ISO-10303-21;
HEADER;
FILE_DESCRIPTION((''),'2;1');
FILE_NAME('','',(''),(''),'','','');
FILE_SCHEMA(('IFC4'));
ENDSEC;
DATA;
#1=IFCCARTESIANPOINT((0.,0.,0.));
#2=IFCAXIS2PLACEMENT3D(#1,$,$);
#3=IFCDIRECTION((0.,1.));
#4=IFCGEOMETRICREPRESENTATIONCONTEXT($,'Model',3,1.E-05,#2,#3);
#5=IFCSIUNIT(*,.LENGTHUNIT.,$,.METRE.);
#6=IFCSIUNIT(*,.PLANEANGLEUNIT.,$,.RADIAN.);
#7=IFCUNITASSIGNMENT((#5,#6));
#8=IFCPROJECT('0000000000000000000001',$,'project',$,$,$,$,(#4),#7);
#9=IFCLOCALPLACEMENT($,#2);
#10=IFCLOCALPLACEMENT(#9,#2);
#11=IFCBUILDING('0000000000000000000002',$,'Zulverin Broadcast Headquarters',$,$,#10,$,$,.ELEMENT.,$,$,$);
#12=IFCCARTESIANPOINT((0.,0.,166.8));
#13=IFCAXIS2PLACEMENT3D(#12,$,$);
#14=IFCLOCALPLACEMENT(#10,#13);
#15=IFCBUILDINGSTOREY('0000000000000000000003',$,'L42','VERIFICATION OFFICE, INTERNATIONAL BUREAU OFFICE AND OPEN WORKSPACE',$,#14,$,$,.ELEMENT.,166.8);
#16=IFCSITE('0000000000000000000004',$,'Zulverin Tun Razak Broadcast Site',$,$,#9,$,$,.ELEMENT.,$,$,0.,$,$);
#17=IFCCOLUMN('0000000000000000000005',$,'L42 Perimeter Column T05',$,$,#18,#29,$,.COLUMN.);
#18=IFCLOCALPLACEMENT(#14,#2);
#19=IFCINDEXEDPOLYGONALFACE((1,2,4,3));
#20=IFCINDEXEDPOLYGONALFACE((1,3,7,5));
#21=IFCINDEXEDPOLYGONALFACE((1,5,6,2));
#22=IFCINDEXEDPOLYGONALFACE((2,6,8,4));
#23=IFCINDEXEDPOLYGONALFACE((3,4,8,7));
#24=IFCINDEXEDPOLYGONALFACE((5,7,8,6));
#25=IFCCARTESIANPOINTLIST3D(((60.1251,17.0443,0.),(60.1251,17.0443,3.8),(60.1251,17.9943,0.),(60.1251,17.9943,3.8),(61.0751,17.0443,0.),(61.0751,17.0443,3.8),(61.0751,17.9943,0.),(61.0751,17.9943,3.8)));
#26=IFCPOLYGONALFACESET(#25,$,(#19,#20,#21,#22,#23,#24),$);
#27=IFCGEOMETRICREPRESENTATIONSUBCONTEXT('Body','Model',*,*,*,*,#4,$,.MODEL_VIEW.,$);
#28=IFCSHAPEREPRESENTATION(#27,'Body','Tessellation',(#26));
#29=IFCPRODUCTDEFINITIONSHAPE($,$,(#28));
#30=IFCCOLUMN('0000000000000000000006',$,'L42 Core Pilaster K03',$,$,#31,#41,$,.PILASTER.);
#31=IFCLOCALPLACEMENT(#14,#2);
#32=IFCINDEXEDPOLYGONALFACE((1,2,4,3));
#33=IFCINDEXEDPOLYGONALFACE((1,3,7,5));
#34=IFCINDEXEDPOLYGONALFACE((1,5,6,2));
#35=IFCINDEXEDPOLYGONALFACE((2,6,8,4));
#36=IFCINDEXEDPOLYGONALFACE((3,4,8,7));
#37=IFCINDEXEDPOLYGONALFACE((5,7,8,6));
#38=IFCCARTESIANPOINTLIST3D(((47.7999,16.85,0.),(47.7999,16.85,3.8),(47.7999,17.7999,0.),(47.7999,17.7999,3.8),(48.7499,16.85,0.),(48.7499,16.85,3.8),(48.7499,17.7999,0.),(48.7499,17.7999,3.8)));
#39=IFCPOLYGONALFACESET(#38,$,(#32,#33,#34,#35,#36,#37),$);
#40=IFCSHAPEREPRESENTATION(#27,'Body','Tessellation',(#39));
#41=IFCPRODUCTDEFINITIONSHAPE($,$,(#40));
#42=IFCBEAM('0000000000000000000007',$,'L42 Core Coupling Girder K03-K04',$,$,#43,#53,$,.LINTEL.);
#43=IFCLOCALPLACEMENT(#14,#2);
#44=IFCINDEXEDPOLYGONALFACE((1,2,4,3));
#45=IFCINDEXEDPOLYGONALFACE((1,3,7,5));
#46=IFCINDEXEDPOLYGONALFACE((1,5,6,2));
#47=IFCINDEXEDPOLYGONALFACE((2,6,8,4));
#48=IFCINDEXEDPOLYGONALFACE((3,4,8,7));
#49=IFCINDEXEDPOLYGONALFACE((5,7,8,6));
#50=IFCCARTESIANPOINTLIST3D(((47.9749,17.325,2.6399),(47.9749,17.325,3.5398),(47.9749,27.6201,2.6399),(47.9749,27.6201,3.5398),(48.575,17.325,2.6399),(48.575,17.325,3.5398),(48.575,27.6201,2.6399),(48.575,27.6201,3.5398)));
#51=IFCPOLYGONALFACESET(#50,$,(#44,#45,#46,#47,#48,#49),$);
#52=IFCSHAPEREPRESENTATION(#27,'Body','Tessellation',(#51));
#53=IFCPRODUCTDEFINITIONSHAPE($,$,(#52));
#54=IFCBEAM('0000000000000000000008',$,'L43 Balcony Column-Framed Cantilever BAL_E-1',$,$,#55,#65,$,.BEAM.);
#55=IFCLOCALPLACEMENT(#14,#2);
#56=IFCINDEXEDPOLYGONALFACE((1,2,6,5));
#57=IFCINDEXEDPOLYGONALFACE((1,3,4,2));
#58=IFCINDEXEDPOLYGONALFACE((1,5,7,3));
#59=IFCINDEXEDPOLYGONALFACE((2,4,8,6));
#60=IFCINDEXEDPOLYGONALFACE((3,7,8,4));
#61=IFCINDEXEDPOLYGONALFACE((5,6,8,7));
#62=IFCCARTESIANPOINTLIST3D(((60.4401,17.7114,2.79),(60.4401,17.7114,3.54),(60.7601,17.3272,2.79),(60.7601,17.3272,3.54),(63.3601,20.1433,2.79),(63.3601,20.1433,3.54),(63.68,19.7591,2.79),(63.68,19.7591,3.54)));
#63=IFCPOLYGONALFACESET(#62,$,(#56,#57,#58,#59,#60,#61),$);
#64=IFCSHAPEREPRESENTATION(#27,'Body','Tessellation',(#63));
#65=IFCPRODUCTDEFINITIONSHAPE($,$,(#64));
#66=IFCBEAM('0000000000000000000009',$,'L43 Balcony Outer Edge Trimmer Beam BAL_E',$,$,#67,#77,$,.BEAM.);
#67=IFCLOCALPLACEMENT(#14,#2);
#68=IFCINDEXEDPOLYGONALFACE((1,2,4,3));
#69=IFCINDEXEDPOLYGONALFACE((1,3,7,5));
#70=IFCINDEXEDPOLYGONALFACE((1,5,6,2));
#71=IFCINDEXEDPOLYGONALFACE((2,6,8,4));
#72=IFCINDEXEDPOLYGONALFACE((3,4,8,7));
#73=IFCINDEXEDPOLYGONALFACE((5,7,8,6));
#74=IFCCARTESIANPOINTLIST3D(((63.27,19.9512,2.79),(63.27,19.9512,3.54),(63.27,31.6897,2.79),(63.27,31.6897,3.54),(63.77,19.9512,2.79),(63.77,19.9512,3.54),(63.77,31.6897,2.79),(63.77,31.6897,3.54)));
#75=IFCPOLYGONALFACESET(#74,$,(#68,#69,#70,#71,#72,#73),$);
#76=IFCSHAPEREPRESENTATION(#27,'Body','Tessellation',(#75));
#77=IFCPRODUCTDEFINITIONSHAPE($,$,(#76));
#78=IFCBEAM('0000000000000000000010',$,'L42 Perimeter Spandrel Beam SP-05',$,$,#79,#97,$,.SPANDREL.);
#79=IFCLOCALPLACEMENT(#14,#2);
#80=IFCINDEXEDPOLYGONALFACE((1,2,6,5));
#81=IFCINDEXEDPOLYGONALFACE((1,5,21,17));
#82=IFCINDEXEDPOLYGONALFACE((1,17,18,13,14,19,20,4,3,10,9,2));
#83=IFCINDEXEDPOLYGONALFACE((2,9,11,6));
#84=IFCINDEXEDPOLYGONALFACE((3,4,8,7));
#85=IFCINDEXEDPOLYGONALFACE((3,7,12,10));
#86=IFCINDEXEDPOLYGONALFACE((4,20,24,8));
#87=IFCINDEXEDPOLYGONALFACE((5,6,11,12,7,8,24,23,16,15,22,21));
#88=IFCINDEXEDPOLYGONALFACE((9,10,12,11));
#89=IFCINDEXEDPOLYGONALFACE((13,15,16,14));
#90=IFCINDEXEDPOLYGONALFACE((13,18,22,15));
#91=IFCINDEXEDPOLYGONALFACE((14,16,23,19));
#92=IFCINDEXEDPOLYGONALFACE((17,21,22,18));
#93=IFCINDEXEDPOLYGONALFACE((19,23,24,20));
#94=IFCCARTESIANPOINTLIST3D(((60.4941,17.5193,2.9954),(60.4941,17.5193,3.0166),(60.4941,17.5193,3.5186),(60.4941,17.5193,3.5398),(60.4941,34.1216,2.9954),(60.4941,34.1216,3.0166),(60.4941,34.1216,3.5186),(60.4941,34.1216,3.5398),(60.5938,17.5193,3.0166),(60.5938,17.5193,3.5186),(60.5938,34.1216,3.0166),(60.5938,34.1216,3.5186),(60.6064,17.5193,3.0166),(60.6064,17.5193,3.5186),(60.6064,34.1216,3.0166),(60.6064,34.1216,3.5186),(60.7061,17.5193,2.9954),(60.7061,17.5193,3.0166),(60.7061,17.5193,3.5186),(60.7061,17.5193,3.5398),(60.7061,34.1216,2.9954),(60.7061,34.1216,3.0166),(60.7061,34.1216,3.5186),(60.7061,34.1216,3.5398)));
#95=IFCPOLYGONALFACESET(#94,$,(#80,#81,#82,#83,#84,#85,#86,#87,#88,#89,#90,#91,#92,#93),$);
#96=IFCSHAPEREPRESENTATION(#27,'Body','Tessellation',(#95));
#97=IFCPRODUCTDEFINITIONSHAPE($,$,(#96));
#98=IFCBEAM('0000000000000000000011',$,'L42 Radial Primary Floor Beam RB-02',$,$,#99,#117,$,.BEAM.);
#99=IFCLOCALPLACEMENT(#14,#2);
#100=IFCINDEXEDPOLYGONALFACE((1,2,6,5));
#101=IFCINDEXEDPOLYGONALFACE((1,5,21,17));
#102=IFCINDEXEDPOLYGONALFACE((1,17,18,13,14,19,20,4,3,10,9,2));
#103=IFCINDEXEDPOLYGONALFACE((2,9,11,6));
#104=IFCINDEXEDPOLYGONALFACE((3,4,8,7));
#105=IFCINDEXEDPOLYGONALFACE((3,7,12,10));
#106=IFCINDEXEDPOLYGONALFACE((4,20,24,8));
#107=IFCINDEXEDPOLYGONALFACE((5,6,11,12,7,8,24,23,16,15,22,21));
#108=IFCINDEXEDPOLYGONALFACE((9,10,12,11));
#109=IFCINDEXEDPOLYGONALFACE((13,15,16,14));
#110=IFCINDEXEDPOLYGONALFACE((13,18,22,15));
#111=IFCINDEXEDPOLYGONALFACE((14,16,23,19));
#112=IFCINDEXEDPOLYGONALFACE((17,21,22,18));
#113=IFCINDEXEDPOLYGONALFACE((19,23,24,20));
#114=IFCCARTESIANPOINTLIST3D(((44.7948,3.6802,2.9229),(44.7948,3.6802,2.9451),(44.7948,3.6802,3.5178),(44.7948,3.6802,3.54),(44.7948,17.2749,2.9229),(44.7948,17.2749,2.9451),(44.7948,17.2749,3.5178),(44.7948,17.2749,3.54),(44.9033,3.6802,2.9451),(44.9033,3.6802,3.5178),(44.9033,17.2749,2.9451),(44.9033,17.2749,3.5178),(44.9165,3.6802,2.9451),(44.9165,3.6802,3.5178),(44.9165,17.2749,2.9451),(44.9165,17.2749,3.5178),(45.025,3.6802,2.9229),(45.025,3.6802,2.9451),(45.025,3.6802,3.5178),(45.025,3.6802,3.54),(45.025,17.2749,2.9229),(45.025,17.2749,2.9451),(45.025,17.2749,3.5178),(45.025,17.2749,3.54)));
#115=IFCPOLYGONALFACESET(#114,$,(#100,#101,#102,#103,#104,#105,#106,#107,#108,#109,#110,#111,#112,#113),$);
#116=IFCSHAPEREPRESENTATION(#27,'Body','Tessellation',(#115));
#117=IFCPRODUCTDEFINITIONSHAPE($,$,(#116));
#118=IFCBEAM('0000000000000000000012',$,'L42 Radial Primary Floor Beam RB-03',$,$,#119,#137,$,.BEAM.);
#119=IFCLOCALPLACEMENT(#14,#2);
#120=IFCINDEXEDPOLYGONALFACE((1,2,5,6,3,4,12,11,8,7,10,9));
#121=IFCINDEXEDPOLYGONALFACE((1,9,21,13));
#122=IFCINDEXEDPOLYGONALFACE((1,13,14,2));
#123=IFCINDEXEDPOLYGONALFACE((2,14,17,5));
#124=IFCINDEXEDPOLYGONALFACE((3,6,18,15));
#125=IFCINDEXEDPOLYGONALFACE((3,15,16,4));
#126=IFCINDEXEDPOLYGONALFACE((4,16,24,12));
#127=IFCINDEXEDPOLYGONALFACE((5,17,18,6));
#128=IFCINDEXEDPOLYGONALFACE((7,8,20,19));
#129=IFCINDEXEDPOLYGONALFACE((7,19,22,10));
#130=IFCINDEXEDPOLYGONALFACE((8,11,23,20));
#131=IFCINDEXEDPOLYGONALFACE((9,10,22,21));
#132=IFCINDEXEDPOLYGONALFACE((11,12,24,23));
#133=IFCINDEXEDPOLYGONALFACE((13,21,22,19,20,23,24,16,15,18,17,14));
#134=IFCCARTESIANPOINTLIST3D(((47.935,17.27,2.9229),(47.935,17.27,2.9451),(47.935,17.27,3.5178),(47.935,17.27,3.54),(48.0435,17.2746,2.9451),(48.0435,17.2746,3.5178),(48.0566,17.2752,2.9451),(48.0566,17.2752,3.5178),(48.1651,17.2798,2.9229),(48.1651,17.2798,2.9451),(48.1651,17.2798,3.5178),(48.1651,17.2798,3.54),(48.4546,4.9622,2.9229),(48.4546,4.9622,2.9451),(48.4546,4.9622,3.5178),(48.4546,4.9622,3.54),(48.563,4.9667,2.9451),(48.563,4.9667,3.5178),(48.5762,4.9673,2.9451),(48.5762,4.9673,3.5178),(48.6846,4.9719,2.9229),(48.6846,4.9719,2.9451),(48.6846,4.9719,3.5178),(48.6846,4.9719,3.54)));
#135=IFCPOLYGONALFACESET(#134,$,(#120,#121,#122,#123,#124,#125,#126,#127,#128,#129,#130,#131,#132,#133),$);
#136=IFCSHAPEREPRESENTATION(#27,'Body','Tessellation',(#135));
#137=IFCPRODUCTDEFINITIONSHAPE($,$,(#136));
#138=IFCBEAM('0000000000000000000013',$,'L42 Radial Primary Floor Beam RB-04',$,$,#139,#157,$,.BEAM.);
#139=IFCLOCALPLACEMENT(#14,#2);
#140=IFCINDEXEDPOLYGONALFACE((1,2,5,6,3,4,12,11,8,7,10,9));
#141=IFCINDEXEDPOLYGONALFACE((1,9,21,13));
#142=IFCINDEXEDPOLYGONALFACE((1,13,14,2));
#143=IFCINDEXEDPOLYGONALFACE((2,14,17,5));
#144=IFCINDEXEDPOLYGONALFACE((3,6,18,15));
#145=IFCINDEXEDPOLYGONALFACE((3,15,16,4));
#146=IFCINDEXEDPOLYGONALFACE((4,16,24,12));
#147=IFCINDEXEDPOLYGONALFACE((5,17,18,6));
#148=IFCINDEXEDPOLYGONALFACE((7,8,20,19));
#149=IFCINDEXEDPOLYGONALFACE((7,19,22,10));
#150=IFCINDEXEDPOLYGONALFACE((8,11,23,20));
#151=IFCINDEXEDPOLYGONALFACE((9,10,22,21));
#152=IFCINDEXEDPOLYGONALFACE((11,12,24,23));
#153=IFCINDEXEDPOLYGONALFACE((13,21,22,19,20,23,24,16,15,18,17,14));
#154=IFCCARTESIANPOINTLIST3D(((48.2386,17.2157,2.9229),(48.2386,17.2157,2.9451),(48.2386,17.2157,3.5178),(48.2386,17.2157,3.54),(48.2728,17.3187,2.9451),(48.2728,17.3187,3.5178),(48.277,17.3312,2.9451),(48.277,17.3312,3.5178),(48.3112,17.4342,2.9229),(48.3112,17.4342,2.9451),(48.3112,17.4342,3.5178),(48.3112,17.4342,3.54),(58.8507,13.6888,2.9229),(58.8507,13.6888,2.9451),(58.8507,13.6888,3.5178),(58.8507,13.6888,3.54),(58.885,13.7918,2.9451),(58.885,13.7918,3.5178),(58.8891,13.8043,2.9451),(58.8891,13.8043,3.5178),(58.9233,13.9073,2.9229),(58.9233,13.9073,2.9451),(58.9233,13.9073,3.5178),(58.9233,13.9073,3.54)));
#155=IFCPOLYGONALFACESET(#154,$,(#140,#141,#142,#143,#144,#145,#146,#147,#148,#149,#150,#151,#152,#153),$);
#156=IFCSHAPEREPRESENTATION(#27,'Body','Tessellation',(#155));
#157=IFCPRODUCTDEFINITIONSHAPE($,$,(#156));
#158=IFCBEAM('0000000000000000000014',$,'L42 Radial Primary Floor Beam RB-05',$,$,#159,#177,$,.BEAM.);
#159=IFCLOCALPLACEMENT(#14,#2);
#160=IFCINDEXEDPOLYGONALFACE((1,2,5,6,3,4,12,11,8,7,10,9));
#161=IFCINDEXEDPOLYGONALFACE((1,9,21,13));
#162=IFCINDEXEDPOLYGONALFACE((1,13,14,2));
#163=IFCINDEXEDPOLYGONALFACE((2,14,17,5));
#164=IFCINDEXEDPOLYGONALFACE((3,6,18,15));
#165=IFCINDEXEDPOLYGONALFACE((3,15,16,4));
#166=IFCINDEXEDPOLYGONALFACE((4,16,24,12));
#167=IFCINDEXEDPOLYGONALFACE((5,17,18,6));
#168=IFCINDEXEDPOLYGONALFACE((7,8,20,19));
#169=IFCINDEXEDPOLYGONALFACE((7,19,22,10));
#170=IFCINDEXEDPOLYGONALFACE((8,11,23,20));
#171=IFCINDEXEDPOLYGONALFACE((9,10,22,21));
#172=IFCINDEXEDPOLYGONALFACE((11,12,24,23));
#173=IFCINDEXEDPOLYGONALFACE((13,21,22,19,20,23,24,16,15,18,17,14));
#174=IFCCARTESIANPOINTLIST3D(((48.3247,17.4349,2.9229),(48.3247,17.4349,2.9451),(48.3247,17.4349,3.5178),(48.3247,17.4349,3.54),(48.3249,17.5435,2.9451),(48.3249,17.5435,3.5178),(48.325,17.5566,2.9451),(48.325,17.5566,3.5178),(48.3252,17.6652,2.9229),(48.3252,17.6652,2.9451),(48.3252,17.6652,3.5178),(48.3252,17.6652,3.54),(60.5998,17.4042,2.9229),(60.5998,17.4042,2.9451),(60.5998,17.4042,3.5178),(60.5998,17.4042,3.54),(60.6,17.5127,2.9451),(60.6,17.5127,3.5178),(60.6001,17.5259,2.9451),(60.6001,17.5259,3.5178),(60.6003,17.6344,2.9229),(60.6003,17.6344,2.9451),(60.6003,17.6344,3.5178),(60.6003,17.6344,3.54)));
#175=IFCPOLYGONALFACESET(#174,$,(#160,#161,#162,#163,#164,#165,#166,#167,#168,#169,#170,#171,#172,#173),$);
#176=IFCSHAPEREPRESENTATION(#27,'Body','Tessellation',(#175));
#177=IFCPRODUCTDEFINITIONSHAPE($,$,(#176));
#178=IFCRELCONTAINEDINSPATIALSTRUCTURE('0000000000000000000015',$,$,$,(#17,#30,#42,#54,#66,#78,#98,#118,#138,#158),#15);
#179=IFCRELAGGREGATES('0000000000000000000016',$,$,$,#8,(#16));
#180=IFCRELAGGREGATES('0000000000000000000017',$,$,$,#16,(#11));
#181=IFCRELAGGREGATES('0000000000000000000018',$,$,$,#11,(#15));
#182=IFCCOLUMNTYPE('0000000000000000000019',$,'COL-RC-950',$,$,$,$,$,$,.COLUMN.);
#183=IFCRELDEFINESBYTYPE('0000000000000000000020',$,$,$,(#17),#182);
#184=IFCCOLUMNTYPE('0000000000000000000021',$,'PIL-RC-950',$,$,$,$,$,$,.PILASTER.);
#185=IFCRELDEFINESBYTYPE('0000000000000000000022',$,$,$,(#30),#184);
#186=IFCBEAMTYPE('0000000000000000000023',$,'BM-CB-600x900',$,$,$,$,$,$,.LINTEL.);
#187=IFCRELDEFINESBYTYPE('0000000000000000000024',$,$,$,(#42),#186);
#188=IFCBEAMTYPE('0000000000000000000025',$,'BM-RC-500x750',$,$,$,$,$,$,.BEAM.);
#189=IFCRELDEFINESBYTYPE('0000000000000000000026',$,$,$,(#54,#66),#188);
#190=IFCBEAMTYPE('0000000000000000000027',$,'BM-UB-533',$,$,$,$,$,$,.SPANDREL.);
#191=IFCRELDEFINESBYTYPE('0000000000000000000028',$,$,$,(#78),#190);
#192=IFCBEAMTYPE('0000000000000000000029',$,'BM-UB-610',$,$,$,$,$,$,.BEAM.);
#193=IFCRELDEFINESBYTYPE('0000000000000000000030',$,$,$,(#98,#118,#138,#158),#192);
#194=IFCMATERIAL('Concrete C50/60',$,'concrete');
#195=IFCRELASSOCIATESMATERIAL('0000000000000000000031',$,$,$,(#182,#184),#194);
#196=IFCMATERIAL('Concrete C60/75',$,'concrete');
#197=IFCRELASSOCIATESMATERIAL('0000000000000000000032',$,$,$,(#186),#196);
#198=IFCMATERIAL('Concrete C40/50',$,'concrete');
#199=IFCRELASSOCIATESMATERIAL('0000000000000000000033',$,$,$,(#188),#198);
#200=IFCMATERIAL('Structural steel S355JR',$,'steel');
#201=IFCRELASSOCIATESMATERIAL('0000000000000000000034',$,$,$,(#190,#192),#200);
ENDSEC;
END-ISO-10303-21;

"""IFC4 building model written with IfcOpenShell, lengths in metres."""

from ifc_helpers import new_model, si_unit, direction, frame, origin, origin_2d, place, context, subcontext, project, spatial, rectangle, i_section, extrude, material, material_profile, profile_set, type_object, element, save


model = new_model("IFC4")

# Units and contexts
model_context = context("Model", 3, precision=1e-05, world=origin(), true_north=direction((0.0, 1.0)))
body_context = subcontext(model_context, "Body", "Model", "MODEL_VIEW")
ifc_project = project(units=[si_unit("LENGTHUNIT", "METRE"), si_unit("PLANEANGLEUNIT", "RADIAN")], contexts=[model_context])

# Site, building, storey
site_placement = place(None, origin())
site = spatial("IfcSite", under=ifc_project, at=site_placement, Name="Zulverin Tun Razak Broadcast Site", CompositionType="ELEMENT", RefElevation=0.0)
building_placement = place(site_placement, origin())
building = spatial("IfcBuilding", under=site, at=building_placement, Name="Zulverin Broadcast Headquarters", CompositionType="ELEMENT")
storey_placement = place(building_placement, frame((0.0, 0.0, 166.8)))
storey = spatial("IfcBuildingStorey", under=building, at=storey_placement, Name="L42", Description="VERIFICATION OFFICE, INTERNATIONAL BUREAU OFFICE AND OPEN WORKSPACE", CompositionType="ELEMENT", Elevation=166.8)

# Columns
ifc_material_1 = material(Name="Concrete C50/60", Category="concrete")
ifc_material_profile_1 = material_profile(ifc_material_1, rectangle(XDim=0.95, YDim=0.95, at=origin_2d()), Name="Concrete C50/60", Category="concrete")
ifc_profile_set_1 = profile_set([ifc_material_profile_1], Name="Concrete C50/60")
column_type_1 = type_object("IfcColumnType", Name="COL-RC-950", PredefinedType="COLUMN", material=ifc_profile_set_1)
column_1_placement = place(storey_placement, frame((60.6001, 17.5193, 0.0), z_axis=(0.0, 0.0, 1.0), x_axis=(1.0, 0.0, 0.0)))
element("IfcColumn", 1, at=column_1_placement, inside=storey, type_object=column_type_1, Name="L42 Perimeter Column T05", PredefinedType="COLUMN", context=body_context, shape_type="SweptSolid", body=[
    extrude(rectangle(XDim=0.95, YDim=0.95, at=origin_2d()), origin(), (0.0, 0.0, 1.0), 3.8),
])
ifc_material_profile_2 = material_profile(ifc_material_1, rectangle(XDim=0.95, YDim=0.95, at=origin_2d()), Name="Concrete C50/60", Category="concrete")
ifc_profile_set_2 = profile_set([ifc_material_profile_2], Name="Concrete C50/60")
column_type_2 = type_object("IfcColumnType", Name="PIL-RC-950", PredefinedType="PILASTER", material=ifc_profile_set_2)
column_2_placement = place(storey_placement, frame((48.2749, 17.325, 0.0), z_axis=(0.0, 0.0, 1.0), x_axis=(1.0, 0.0, 0.0)))
element("IfcColumn", 2, at=column_2_placement, inside=storey, type_object=column_type_2, Name="L42 Core Pilaster K03", PredefinedType="PILASTER", context=body_context, shape_type="SweptSolid", body=[
    extrude(rectangle(XDim=0.95, YDim=0.95, at=origin_2d()), origin(), (0.0, 0.0, 1.0), 3.8),
])

# Beams
ifc_material_2 = material(Name="Concrete C60/75", Category="concrete")
ifc_material_profile_3 = material_profile(ifc_material_2, rectangle(XDim=0.6001, YDim=0.8999, at=origin_2d()), Name="Concrete C60/75", Category="concrete")
ifc_profile_set_3 = profile_set([ifc_material_profile_3], Name="Concrete C60/75")
beam_type_1 = type_object("IfcBeamType", Name="BM-CB-600x900", PredefinedType="LINTEL", material=ifc_profile_set_3)
beam_1_placement = place(storey_placement, frame((48.2749, 17.325, 3.0898), z_axis=(0.0, 1.0, 0.0), x_axis=(-1.0, 0.0, 0.0)))
element("IfcBeam", 3, at=beam_1_placement, inside=storey, type_object=beam_type_1, Name="L42 Core Coupling Girder K03-K04", PredefinedType="LINTEL", context=body_context, shape_type="SweptSolid", body=[
    extrude(rectangle(XDim=0.6001, YDim=0.8999, at=origin_2d()), origin(), (0.0, 0.0, 1.0), 10.2952),
])
ifc_material_3 = material(Name="Concrete C40/50", Category="concrete")
ifc_material_profile_4 = material_profile(ifc_material_3, rectangle(XDim=0.5, YDim=0.75, at=origin_2d()), Name="Concrete C40/50", Category="concrete")
ifc_profile_set_4 = profile_set([ifc_material_profile_4], Name="Concrete C40/50")
beam_type_2 = type_object("IfcBeamType", Name="BM-RC-500x750", PredefinedType="BEAM", material=ifc_profile_set_4)
beam_2_placement = place(storey_placement, frame((60.6001, 17.5193, 3.165), z_axis=(0.7684, 0.63997, 0.0), x_axis=(-0.63997, 0.7684, 0.0)))
element("IfcBeam", 4, at=beam_2_placement, inside=storey, type_object=beam_type_2, Name="L43 Balcony Column-Framed Cantilever BAL_E-1", PredefinedType="BEAM", context=body_context, shape_type="SweptSolid", body=[
    extrude(rectangle(XDim=0.5, YDim=0.75, at=origin_2d()), origin(), (0.0, 0.0, 1.0), 3.8),
])
beam_3_placement = place(storey_placement, frame((63.52, 19.9512, 3.165), z_axis=(0.0, 1.0, 0.0), x_axis=(-1.0, 0.0, 0.0)))
element("IfcBeam", 5, at=beam_3_placement, inside=storey, type_object=beam_type_2, Name="L43 Balcony Outer Edge Trimmer Beam BAL_E", PredefinedType="BEAM", context=body_context, shape_type="SweptSolid", body=[
    extrude(rectangle(XDim=0.5, YDim=0.75, at=origin_2d()), origin(), (0.0, 0.0, 1.0), 11.7385),
])
ifc_material_4 = material(Name="Structural steel S355JR", Category="steel")
ifc_material_profile_5 = material_profile(ifc_material_4, i_section(OverallWidth=0.2119, OverallDepth=0.5444, WebThickness=0.0127, FlangeThickness=0.0212, at=origin_2d()), Name="Structural steel S355JR", Category="steel")
ifc_profile_set_5 = profile_set([ifc_material_profile_5], Name="Structural steel S355JR")
beam_type_3 = type_object("IfcBeamType", Name="BM-UB-533", PredefinedType="SPANDREL", material=ifc_profile_set_5)
beam_4_placement = place(storey_placement, frame((60.6001, 17.5193, 3.2676), z_axis=(0.0, 1.0, 0.0), x_axis=(-1.0, 0.0, 0.0)))
element("IfcBeam", 6, at=beam_4_placement, inside=storey, type_object=beam_type_3, Name="L42 Perimeter Spandrel Beam SP-05", PredefinedType="SPANDREL", context=body_context, shape_type="SweptSolid", body=[
    extrude(i_section(OverallWidth=0.2119, OverallDepth=0.5444, WebThickness=0.0127, FlangeThickness=0.0212, at=origin_2d()), origin(), (0.0, 0.0, 1.0), 16.6023),
])
ifc_material_profile_6 = material_profile(ifc_material_4, i_section(OverallWidth=0.2302, OverallDepth=0.6172, WebThickness=0.0132, FlangeThickness=0.0222, at=origin_2d()), Name="Structural steel S355JR", Category="steel")
ifc_profile_set_6 = profile_set([ifc_material_profile_6], Name="Structural steel S355JR")
beam_type_4 = type_object("IfcBeamType", Name="BM-UB-610", PredefinedType="BEAM", material=ifc_profile_set_6)
beam_5_placement = place(storey_placement, frame((44.9099, 17.2749, 3.2314), z_axis=(0.0, -1.0, 0.0), x_axis=(1.0, 0.0, 0.0)))
element("IfcBeam", 7, at=beam_5_placement, inside=storey, type_object=beam_type_4, Name="L42 Radial Primary Floor Beam RB-02", PredefinedType="BEAM", context=body_context, shape_type="SweptSolid", body=[
    extrude(i_section(OverallWidth=0.2302, OverallDepth=0.6172, WebThickness=0.0132, FlangeThickness=0.0222, at=origin_2d()), origin(), (0.0, 0.0, 1.0), 13.5947),
])
beam_6_placement = place(storey_placement, frame((48.05, 17.2749, 3.2314), z_axis=(0.042174, -0.99911, 0.0), x_axis=(0.99911, 0.042174, 0.0)))
element("IfcBeam", 8, at=beam_6_placement, inside=storey, type_object=beam_type_4, Name="L42 Radial Primary Floor Beam RB-03", PredefinedType="BEAM", context=body_context, shape_type="SweptSolid", body=[
    extrude(i_section(OverallWidth=0.2302, OverallDepth=0.6172, WebThickness=0.0132, FlangeThickness=0.0222, at=origin_2d()), origin(), (0.0, 0.0, 1.0), 12.3188),
])
beam_7_placement = place(storey_placement, frame((48.2749, 17.325, 3.2314), z_axis=(0.948965, -0.315383, 0.0), x_axis=(0.315383, 0.948965, 0.0)))
element("IfcBeam", 9, at=beam_7_placement, inside=storey, type_object=beam_type_4, Name="L42 Radial Primary Floor Beam RB-04", PredefinedType="BEAM", context=body_context, shape_type="SweptSolid", body=[
    extrude(i_section(OverallWidth=0.2302, OverallDepth=0.6172, WebThickness=0.0132, FlangeThickness=0.0222, at=origin_2d()), origin(), (0.0, 0.0, 1.0), 11.1829),
])
beam_8_placement = place(storey_placement, frame((48.325, 17.55, 3.2314), z_axis=(0.999997, -0.002506, 0.0), x_axis=(0.002506, 0.999997, 0.0)))
element("IfcBeam", 10, at=beam_8_placement, inside=storey, type_object=beam_type_4, Name="L42 Radial Primary Floor Beam RB-05", PredefinedType="BEAM", context=body_context, shape_type="SweptSolid", body=[
    extrude(i_section(OverallWidth=0.2302, OverallDepth=0.6172, WebThickness=0.0132, FlangeThickness=0.0222, at=origin_2d()), origin(), (0.0, 0.0, 1.0), 12.2751),
])

save(model, "model.ifc")
